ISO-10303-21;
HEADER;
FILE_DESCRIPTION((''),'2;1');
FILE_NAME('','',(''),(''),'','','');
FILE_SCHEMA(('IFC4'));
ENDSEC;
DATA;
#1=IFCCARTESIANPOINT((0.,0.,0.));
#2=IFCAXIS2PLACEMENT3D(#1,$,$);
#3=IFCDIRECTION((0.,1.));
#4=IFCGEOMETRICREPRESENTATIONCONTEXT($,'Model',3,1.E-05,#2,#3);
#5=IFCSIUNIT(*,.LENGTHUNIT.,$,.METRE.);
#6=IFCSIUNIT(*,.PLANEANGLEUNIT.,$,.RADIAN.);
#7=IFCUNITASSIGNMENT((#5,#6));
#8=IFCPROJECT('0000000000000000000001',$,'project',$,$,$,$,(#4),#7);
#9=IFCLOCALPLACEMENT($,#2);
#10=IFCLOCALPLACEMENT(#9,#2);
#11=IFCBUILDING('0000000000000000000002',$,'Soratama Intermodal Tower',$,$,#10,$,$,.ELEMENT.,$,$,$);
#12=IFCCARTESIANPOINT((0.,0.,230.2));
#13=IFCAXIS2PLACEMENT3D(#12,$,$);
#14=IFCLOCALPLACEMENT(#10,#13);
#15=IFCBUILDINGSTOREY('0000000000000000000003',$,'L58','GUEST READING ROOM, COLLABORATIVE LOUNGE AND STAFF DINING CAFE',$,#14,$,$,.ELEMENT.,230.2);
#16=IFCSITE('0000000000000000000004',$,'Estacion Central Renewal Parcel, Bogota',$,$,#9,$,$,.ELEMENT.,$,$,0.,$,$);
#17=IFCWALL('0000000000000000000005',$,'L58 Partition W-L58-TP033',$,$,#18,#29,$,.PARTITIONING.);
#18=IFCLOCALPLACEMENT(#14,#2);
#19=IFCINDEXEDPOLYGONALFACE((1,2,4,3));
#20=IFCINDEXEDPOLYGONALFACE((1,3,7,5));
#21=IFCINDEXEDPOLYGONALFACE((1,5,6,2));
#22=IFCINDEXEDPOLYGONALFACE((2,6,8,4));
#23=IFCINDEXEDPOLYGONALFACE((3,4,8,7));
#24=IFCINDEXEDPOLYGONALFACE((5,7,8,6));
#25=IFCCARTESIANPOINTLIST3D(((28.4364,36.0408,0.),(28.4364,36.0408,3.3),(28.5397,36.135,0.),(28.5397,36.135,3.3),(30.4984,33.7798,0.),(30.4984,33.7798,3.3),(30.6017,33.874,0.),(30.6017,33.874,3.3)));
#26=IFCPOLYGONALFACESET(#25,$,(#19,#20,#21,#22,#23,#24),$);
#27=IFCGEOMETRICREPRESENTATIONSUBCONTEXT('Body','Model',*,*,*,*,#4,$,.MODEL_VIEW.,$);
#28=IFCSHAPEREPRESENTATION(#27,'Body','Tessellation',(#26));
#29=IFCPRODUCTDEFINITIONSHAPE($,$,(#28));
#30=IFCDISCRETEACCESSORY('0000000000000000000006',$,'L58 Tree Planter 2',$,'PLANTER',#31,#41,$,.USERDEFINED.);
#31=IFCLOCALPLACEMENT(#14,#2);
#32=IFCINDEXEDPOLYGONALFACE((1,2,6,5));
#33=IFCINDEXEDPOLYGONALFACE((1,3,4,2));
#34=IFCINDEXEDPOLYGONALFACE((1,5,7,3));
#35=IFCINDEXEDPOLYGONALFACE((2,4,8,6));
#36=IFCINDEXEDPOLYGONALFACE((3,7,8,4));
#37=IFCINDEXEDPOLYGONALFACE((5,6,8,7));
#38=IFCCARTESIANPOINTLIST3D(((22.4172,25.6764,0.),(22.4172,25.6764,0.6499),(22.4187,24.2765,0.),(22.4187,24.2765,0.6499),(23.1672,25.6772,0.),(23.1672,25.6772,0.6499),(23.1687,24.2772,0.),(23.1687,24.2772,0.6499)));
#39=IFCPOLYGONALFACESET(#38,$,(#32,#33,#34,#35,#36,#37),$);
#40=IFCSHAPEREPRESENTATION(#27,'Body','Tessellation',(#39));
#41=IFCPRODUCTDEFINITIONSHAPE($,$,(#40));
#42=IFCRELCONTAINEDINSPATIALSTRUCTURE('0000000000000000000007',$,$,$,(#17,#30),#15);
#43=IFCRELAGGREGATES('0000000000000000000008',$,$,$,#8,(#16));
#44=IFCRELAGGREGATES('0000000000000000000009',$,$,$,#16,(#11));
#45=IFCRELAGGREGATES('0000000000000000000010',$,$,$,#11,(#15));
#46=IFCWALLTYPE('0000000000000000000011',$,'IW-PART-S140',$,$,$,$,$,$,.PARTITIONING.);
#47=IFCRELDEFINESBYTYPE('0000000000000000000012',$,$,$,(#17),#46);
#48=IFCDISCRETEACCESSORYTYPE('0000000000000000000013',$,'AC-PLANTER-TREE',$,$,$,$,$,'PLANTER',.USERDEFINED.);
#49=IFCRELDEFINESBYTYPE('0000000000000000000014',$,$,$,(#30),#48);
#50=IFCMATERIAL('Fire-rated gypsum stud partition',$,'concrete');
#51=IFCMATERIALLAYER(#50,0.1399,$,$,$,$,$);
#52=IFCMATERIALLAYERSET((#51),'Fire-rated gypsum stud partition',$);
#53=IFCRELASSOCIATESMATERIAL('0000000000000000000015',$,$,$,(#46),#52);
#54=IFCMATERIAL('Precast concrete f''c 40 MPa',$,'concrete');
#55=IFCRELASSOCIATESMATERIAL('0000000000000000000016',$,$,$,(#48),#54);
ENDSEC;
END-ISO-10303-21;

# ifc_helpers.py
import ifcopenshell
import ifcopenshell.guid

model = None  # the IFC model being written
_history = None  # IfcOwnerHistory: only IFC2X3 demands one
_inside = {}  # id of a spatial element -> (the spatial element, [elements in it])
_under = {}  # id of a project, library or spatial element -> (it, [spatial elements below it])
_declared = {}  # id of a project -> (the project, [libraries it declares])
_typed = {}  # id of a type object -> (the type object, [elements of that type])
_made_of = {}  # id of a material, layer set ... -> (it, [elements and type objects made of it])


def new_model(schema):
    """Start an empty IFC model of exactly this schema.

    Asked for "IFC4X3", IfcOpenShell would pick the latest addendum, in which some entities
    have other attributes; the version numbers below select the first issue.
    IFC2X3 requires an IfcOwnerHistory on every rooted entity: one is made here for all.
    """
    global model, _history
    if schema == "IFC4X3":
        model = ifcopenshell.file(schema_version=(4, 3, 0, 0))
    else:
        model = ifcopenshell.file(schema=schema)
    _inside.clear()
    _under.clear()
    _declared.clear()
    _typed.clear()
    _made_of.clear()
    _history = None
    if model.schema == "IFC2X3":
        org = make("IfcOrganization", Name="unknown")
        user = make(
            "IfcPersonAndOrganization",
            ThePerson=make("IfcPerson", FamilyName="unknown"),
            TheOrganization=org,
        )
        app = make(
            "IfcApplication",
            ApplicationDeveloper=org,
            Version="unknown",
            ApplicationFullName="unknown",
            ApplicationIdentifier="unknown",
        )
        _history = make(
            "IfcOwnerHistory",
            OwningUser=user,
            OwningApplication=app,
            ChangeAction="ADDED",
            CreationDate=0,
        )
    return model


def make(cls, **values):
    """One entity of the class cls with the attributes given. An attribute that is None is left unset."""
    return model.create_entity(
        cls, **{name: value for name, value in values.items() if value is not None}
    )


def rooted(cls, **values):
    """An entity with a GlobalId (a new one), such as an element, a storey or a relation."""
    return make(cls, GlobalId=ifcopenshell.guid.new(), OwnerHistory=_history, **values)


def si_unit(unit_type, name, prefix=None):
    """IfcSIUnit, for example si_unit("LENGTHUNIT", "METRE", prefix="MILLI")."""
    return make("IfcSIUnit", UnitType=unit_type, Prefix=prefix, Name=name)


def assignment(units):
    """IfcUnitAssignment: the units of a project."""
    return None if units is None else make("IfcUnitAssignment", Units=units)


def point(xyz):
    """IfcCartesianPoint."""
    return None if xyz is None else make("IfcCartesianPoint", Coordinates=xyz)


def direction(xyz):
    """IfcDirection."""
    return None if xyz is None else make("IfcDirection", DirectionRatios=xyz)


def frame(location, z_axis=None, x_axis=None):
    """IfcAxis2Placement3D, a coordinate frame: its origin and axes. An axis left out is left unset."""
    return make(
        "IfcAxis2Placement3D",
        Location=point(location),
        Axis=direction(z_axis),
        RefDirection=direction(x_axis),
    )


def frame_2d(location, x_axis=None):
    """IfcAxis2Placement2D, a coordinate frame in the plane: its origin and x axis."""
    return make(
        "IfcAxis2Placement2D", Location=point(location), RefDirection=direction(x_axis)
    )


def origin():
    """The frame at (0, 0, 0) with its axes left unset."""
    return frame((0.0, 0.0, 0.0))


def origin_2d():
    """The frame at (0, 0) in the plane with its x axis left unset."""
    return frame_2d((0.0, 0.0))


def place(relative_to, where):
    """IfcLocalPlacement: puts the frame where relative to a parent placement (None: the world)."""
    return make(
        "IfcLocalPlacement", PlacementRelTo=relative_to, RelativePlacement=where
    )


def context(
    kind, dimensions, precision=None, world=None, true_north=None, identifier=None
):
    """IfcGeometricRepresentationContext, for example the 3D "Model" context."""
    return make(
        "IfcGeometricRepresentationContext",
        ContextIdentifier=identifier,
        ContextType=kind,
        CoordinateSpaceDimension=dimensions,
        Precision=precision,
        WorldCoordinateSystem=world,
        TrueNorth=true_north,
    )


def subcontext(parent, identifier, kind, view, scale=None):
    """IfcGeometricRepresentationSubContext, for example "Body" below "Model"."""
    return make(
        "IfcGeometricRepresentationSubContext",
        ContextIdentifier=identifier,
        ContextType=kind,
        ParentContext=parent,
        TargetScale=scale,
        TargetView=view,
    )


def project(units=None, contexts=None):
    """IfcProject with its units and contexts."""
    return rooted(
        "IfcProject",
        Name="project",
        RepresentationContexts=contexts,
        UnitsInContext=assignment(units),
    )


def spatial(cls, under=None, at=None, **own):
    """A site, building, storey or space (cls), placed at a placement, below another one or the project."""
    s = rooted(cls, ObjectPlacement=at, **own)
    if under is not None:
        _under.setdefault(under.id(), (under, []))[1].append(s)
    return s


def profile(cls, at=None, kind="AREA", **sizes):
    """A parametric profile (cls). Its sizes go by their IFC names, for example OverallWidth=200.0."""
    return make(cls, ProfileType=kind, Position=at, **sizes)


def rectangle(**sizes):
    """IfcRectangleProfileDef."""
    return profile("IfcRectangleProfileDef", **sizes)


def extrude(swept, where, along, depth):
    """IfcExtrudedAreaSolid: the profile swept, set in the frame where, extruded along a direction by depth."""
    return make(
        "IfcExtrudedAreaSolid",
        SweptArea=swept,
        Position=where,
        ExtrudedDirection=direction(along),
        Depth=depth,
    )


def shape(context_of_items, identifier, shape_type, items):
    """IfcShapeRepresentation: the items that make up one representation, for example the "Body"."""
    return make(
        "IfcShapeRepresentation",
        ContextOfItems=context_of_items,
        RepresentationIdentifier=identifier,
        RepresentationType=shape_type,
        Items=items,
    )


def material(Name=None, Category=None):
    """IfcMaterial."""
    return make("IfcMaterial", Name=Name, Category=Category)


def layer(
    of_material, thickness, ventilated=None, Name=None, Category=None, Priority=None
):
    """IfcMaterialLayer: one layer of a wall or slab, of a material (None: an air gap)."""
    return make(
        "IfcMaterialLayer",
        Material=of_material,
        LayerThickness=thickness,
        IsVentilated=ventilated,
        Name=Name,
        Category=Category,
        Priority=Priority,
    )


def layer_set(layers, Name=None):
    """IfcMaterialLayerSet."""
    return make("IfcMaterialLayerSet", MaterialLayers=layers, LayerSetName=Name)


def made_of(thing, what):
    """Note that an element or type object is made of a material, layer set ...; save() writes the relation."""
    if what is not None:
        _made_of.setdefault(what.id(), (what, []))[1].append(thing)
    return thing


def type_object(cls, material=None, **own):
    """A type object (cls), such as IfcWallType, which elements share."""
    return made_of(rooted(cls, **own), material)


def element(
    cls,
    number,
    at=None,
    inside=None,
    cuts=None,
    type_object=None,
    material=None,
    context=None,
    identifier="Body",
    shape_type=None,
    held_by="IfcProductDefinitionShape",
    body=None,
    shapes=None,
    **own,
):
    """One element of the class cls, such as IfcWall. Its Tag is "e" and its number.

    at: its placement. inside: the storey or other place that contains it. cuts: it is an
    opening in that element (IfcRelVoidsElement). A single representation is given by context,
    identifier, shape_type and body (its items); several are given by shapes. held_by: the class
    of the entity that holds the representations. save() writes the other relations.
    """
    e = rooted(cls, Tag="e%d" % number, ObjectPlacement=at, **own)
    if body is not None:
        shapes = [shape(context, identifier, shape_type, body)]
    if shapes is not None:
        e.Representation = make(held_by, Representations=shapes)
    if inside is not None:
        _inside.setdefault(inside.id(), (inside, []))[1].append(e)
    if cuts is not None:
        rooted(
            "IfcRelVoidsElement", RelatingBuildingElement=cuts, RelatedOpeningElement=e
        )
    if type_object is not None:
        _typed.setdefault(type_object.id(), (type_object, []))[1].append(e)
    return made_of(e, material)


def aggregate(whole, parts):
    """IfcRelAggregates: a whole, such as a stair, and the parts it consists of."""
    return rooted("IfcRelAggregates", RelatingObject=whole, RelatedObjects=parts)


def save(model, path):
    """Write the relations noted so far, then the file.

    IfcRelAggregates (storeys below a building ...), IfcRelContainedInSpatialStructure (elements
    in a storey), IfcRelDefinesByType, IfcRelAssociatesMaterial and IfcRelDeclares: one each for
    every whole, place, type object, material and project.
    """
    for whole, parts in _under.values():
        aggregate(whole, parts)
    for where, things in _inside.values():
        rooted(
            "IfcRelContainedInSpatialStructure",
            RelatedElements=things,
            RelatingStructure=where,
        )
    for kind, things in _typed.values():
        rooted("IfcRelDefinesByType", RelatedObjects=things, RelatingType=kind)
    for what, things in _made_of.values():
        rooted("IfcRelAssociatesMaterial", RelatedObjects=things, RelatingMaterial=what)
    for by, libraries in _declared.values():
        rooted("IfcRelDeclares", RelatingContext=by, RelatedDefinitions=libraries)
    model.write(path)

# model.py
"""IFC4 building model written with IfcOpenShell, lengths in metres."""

from ifc_helpers import new_model, si_unit, direction, frame, frame_2d, origin, origin_2d, place, context, subcontext, project, spatial, rectangle, extrude, material, layer, layer_set, type_object, element, save


model = new_model("IFC4")

# Units and contexts
model_context = context("Model", 3, precision=1e-05, world=origin(), true_north=direction((0.0, 1.0)))
body_context = subcontext(model_context, "Body", "Model", "MODEL_VIEW")
ifc_project = project(units=[si_unit("LENGTHUNIT", "METRE"), si_unit("PLANEANGLEUNIT", "RADIAN")], contexts=[model_context])

# Site, building, storey
site_placement = place(None, origin())
site = spatial("IfcSite", under=ifc_project, at=site_placement, Name="Estacion Central Renewal Parcel, Bogota", CompositionType="ELEMENT", RefElevation=0.0)
building_placement = place(site_placement, origin())
building = spatial("IfcBuilding", under=site, at=building_placement, Name="Soratama Intermodal Tower", CompositionType="ELEMENT")
storey_placement = place(building_placement, frame((0.0, 0.0, 230.2)))
storey = spatial("IfcBuildingStorey", under=building, at=storey_placement, Name="L58", Description="GUEST READING ROOM, COLLABORATIVE LOUNGE AND STAFF DINING CAFE", CompositionType="ELEMENT", Elevation=230.2)

# Wall
ifc_material_1 = material(Name="Fire-rated gypsum stud partition", Category="concrete")
ifc_layer_1 = layer(ifc_material_1, 0.1399)
ifc_layer_set_1 = layer_set([ifc_layer_1], Name="Fire-rated gypsum stud partition")
wall_type_1 = type_object("IfcWallType", Name="IW-PART-S140", PredefinedType="PARTITIONING", material=ifc_layer_set_1)
wall_1_placement = place(storey_placement, frame((30.55, 33.8269, 0.0), z_axis=(0.0, 0.0, 1.0), x_axis=(-0.673847, 0.738871, 0.0)))
element("IfcWall", 1, at=wall_1_placement, inside=storey, type_object=wall_type_1, Name="L58 Partition W-L58-TP033", PredefinedType="PARTITIONING", context=body_context, shape_type="SweptSolid", body=[
    extrude(rectangle(XDim=3.0601, YDim=0.1399, at=frame_2d((1.53, 0.0))), origin(), (0.0, 0.0, 1.0), 3.3),
])

# Discrete accessory
ifc_material_2 = material(Name="Precast concrete f'c 40 MPa", Category="concrete")
discrete_accessory_type = type_object("IfcDiscreteAccessoryType", Name="AC-PLANTER-TREE", ElementType="PLANTER", PredefinedType="USERDEFINED", material=ifc_material_2)
discrete_accessory_placement = place(storey_placement, frame((22.793, 24.9768, 0.0), z_axis=(0.0, 0.0, 1.0), x_axis=(-0.999999, -0.001047, 0.0)))
element("IfcDiscreteAccessory", 2, at=discrete_accessory_placement, inside=storey, type_object=discrete_accessory_type, Name="L58 Tree Planter 2", ObjectType="PLANTER", PredefinedType="USERDEFINED", context=body_context, shape_type="SweptSolid", body=[
    extrude(rectangle(XDim=0.75, YDim=1.3999, at=origin_2d()), origin(), (0.0, 0.0, 1.0), 0.6499),
])

save(model, "model.ifc")
